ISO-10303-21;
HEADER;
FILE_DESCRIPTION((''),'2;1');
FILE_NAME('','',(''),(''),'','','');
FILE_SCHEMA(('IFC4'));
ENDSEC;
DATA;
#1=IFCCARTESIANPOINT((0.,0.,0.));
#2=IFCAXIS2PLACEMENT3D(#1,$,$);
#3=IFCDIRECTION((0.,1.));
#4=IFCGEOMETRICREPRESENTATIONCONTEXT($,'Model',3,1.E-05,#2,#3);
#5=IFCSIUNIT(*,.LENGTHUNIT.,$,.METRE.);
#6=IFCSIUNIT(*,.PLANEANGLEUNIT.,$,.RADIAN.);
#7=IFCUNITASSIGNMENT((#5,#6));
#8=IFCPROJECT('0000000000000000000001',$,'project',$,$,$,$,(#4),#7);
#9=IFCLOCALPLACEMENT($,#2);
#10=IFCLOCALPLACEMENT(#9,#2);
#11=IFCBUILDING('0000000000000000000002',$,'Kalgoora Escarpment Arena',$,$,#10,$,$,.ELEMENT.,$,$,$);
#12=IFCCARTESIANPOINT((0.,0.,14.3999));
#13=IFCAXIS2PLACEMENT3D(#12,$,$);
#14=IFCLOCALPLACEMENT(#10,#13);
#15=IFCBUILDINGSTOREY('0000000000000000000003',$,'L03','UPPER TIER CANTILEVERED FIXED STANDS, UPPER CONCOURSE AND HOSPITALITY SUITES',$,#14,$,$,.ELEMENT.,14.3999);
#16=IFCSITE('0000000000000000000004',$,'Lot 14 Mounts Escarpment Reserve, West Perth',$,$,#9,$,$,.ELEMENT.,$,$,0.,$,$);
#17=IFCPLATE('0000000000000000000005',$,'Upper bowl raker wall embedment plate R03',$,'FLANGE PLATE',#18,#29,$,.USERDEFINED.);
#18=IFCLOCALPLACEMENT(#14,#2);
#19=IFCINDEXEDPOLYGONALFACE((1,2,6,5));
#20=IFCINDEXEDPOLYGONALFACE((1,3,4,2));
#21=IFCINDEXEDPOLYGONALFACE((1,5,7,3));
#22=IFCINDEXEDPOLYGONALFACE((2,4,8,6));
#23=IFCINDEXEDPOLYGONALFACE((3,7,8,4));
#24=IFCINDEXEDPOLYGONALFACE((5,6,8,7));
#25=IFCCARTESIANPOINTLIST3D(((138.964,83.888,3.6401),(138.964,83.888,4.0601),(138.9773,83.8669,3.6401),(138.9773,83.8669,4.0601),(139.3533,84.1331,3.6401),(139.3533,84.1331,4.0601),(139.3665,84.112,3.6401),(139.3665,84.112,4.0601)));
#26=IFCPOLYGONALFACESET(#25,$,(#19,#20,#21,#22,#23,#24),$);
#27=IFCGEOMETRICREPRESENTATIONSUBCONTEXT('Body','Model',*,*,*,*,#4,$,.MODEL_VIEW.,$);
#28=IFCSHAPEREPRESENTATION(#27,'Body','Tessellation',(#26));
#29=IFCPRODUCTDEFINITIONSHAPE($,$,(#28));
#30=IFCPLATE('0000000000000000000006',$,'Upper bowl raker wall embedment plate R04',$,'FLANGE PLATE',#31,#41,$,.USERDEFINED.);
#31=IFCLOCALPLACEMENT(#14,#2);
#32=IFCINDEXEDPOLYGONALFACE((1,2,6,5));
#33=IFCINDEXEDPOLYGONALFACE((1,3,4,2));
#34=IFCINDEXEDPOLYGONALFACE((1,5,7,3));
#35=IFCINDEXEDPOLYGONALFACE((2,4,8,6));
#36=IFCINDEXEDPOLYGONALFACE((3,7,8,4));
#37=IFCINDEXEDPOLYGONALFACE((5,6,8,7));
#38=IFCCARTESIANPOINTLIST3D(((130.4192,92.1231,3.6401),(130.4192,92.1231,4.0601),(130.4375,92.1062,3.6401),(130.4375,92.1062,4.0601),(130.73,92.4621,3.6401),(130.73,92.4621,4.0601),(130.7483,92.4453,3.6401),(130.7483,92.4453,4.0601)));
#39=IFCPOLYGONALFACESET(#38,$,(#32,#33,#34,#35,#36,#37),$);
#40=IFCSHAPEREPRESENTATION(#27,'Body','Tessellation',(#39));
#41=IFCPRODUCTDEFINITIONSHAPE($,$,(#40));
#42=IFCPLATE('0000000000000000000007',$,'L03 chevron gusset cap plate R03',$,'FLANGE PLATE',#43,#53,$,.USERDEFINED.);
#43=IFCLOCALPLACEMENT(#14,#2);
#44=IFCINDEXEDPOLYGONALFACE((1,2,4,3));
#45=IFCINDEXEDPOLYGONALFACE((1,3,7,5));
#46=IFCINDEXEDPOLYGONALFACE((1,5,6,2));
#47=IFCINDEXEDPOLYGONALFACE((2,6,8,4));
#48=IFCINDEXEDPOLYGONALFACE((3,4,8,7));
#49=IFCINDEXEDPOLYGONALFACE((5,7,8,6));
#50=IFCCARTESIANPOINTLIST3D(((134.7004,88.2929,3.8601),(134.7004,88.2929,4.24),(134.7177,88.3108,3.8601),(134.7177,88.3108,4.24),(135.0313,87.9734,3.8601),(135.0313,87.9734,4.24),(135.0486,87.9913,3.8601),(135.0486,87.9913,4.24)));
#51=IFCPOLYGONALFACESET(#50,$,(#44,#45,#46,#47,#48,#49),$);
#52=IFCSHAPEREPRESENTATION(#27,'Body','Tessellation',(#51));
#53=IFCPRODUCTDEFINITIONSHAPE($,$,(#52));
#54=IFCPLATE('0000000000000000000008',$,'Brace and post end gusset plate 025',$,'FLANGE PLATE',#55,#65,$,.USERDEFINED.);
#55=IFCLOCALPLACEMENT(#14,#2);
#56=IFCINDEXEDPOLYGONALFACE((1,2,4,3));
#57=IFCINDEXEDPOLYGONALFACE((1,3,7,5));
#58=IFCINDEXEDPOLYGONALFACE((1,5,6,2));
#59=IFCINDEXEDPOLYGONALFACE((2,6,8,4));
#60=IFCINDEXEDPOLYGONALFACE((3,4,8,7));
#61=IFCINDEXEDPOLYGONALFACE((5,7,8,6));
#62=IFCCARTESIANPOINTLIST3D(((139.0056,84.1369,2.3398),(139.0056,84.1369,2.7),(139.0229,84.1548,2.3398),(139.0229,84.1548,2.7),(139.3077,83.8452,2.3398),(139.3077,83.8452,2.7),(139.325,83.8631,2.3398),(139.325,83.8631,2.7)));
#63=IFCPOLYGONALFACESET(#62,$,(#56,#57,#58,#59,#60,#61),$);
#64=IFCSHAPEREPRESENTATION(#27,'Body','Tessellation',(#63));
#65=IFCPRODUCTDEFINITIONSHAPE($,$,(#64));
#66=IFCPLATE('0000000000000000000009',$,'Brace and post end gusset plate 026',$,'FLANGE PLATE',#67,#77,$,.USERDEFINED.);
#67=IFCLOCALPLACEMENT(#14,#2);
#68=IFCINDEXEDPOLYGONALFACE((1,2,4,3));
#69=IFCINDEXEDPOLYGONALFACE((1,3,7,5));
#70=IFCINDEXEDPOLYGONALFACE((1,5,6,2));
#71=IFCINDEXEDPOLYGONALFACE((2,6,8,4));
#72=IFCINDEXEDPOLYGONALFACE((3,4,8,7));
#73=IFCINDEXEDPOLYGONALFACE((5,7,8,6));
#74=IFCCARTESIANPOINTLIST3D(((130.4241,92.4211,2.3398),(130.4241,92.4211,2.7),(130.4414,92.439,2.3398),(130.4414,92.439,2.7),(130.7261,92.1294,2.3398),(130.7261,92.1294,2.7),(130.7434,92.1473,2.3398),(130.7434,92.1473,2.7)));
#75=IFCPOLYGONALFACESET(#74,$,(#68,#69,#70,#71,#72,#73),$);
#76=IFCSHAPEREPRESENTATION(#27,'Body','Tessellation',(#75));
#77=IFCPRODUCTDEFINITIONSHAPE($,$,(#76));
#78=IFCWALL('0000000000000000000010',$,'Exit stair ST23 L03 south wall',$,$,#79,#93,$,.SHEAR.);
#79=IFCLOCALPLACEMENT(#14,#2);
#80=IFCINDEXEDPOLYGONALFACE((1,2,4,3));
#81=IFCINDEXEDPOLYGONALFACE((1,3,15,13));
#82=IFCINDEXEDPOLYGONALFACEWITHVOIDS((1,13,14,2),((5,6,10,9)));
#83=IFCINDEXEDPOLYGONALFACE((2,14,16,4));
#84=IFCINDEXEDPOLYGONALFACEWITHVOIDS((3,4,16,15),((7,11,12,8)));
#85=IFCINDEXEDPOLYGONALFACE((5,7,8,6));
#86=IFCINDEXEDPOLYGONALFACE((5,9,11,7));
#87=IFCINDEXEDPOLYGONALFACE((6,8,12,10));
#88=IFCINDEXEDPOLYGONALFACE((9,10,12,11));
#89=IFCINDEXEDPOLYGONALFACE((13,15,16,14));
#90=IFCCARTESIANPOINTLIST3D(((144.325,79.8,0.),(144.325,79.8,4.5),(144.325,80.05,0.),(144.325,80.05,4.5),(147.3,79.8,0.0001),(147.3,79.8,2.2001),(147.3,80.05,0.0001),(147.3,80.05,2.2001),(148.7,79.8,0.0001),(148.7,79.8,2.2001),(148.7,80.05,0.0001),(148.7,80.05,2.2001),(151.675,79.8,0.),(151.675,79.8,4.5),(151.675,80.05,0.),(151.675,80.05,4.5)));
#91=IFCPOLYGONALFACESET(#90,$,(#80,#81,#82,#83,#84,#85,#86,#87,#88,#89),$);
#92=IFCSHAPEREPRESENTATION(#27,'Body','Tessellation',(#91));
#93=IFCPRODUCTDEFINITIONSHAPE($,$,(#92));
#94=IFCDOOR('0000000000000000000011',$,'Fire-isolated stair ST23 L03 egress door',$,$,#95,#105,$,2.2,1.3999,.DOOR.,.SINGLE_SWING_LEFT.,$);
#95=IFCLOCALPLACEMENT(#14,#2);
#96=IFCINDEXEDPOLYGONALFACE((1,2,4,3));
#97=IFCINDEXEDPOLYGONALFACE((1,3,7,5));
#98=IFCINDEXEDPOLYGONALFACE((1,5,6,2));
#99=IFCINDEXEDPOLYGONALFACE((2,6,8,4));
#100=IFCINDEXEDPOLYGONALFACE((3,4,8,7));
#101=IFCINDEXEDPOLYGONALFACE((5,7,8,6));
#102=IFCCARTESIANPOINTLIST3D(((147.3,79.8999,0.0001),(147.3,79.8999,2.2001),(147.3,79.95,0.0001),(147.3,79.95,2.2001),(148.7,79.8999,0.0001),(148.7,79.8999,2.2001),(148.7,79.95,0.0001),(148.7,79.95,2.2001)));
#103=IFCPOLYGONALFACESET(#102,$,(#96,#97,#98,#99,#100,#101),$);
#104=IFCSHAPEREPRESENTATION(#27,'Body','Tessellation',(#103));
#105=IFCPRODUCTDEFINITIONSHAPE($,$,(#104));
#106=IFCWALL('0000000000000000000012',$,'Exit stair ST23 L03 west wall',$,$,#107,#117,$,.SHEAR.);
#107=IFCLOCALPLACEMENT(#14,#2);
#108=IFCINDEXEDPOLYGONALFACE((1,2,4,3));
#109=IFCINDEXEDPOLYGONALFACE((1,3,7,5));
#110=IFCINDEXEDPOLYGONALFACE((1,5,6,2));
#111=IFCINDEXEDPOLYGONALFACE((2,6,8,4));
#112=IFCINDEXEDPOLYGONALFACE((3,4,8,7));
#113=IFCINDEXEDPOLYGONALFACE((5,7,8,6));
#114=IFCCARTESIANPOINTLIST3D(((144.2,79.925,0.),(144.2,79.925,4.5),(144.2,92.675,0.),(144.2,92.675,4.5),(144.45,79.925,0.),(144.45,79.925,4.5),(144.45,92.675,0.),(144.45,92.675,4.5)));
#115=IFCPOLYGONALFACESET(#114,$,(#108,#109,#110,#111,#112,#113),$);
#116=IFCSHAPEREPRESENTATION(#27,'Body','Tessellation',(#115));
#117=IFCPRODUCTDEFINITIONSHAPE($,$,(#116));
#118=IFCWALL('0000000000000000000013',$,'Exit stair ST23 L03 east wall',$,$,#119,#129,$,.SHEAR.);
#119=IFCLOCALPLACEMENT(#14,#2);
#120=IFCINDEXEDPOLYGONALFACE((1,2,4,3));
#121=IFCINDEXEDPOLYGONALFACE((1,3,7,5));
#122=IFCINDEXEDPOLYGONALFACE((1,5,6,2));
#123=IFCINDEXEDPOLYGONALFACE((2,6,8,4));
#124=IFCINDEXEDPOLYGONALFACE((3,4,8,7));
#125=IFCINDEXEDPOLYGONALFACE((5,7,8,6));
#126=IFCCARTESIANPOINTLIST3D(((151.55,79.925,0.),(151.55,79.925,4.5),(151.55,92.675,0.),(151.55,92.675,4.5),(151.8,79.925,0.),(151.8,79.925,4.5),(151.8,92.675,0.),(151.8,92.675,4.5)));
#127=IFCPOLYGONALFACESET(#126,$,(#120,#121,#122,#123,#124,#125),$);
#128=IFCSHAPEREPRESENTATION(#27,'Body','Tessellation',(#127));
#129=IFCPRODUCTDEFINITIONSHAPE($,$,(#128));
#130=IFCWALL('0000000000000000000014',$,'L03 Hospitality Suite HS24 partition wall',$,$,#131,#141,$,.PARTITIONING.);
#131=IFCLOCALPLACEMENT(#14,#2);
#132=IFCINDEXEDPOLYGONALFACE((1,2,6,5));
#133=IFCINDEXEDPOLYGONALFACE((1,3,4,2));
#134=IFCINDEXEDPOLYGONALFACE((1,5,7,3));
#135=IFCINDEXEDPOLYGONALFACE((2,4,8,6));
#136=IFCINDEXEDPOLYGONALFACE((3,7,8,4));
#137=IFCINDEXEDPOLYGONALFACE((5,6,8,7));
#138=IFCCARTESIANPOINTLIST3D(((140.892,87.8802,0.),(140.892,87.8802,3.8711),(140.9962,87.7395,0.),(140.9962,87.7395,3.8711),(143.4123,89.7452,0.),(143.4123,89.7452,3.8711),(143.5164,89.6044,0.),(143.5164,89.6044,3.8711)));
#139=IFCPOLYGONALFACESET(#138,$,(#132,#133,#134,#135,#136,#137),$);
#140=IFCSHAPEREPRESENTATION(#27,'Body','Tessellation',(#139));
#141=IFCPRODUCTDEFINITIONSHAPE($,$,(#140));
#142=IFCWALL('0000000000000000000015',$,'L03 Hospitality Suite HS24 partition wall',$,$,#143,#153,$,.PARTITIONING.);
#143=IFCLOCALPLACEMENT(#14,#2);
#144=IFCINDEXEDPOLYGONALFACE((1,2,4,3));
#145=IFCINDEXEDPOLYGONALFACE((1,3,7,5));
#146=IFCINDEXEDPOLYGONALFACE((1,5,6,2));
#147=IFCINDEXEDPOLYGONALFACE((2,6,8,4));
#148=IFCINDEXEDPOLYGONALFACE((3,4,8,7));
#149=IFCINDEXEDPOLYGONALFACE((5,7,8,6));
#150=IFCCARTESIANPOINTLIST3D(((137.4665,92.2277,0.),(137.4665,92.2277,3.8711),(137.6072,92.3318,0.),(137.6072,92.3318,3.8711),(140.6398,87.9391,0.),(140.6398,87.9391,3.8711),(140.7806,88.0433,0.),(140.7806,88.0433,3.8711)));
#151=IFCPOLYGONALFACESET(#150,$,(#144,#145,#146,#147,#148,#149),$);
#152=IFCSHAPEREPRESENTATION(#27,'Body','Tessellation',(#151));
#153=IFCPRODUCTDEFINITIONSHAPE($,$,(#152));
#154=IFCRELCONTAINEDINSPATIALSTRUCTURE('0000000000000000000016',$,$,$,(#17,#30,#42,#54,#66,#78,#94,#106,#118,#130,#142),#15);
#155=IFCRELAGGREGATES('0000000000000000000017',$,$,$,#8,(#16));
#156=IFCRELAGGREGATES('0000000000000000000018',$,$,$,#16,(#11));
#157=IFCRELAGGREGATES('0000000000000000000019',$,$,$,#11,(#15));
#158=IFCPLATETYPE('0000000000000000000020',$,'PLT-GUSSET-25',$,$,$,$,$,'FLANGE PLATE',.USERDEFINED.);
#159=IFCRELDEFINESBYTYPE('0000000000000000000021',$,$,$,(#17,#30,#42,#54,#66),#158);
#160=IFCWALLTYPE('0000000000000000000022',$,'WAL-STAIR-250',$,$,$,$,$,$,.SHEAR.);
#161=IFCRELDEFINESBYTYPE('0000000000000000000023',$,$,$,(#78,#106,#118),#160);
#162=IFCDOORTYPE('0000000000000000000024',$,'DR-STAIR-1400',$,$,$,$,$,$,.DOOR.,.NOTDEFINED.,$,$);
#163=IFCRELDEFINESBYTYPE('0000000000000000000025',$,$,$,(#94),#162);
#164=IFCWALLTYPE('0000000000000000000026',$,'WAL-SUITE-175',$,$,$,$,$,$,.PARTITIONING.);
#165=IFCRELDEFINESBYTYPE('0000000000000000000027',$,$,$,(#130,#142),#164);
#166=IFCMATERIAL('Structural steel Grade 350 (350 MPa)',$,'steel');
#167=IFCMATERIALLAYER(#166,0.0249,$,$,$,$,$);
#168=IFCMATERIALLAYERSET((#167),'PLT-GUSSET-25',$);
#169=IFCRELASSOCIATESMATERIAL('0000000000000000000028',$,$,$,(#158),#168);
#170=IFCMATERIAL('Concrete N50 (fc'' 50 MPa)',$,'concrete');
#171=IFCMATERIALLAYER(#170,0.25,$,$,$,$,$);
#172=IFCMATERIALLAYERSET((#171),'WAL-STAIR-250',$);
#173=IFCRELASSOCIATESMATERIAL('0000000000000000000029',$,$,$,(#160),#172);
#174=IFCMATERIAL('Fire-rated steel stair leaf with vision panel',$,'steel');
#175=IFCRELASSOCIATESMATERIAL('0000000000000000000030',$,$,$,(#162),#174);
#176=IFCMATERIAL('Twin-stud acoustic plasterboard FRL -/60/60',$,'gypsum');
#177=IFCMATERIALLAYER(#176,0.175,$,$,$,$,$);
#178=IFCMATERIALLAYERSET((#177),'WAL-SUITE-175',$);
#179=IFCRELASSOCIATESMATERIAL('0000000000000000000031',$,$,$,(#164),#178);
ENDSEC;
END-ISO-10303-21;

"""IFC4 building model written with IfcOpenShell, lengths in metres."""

from ifc_helpers import new_model, si_unit, direction, frame, frame_2d, origin, origin_2d, place, context, subcontext, project, spatial, rectangle, extrude, material, layer, layer_set, type_object, element, fill, save


model = new_model("IFC4")

# Units and contexts
model_context = context("Model", 3, precision=1e-05, world=origin(), true_north=direction((0.0, 1.0)))
body_context = subcontext(model_context, "Body", "Model", "MODEL_VIEW")
ifc_project = project(units=[si_unit("LENGTHUNIT", "METRE"), si_unit("PLANEANGLEUNIT", "RADIAN")], contexts=[model_context])

# Site, building, storey
site_placement = place(None, origin())
site = spatial("IfcSite", under=ifc_project, at=site_placement, Name="Lot 14 Mounts Escarpment Reserve, West Perth", CompositionType="ELEMENT", RefElevation=0.0)
building_placement = place(site_placement, origin())
building = spatial("IfcBuilding", under=site, at=building_placement, Name="Kalgoora Escarpment Arena", CompositionType="ELEMENT")
storey_placement = place(building_placement, frame((0.0, 0.0, 14.3999)))
storey = spatial("IfcBuildingStorey", under=building, at=storey_placement, Name="L03", Description="UPPER TIER CANTILEVERED FIXED STANDS, UPPER CONCOURSE AND HOSPITALITY SUITES", CompositionType="ELEMENT", Elevation=14.3999)

# Plates
ifc_material_1 = material(Name="Structural steel Grade 350 (350 MPa)", Category="steel")
ifc_layer_1 = layer(ifc_material_1, 0.0249)
ifc_layer_set_1 = layer_set([ifc_layer_1], Name="PLT-GUSSET-25")
plate_type_1 = type_object("IfcPlateType", Name="PLT-GUSSET-25", ElementType="FLANGE PLATE", PredefinedType="USERDEFINED", material=ifc_layer_set_1)
for number, where, z_axis, x_axis, name in (
    (1, (139.1653, 84.0, 3.6401), (0.0, 0.0, 1.0), (0.846193, 0.532876, 0.0), "Upper bowl raker wall embedment plate R03"),
    (2, (130.5837, 92.2842, 3.6401), (0.0, 0.0, 1.0), (0.675719, 0.737159, 0.0), "Upper bowl raker wall embedment plate R04"),
):
    element("IfcPlate", number, at=place(storey_placement, frame(where, z_axis=z_axis, x_axis=x_axis)), inside=storey, type_object=plate_type_1, Name=name, ObjectType="FLANGE PLATE", PredefinedType="USERDEFINED", context=body_context, shape_type="SweptSolid", body=[
        extrude(rectangle(XDim=0.46, YDim=0.0249, at=origin_2d()), origin(), (0.0, 0.0, 1.0), 0.4199),
    ])
plate_1_placement = place(storey_placement, frame((134.8745, 88.1421, 3.8601), z_axis=(0.0, 0.0, 1.0), x_axis=(-0.719461, 0.694533, 0.0)))
element("IfcPlate", 3, at=plate_1_placement, inside=storey, type_object=plate_type_1, Name="L03 chevron gusset cap plate R03", ObjectType="FLANGE PLATE", PredefinedType="USERDEFINED", context=body_context, shape_type="SweptSolid", body=[
    extrude(rectangle(XDim=0.46, YDim=0.0249, at=origin_2d()), origin(), (0.0, 0.0, 1.0), 0.3799),
])
for number, where, z_axis, x_axis, name in (
    (4, (139.1653, 84.0, 2.3398), (0.0, 0.0, 1.0), (-0.71934, 0.694658, 0.0), "Brace and post end gusset plate 025"),
    (5, (130.5837, 92.2842, 2.3398), (0.0, 0.0, 1.0), (0.71934, -0.694658, 0.0), "Brace and post end gusset plate 026"),
):
    element("IfcPlate", number, at=place(storey_placement, frame(where, z_axis=z_axis, x_axis=x_axis)), inside=storey, type_object=plate_type_1, Name=name, ObjectType="FLANGE PLATE", PredefinedType="USERDEFINED", context=body_context, shape_type="SweptSolid", body=[
        extrude(rectangle(XDim=0.4199, YDim=0.0249, at=origin_2d()), origin(), (0.0, 0.0, 1.0), 0.3601),
    ])

# Wall, opening, door
ifc_material_2 = material(Name="Concrete N50 (fc' 50 MPa)", Category="concrete")
ifc_layer_2 = layer(ifc_material_2, 0.25)
ifc_layer_set_2 = layer_set([ifc_layer_2], Name="WAL-STAIR-250")
wall_type_1 = type_object("IfcWallType", Name="WAL-STAIR-250", PredefinedType="SHEAR", material=ifc_layer_set_2)
wall_1_placement = place(storey_placement, frame((144.325, 79.925, 0.0), z_axis=(0.0, 0.0, 1.0), x_axis=(1.0, 0.0, 0.0)))
wall_1 = element("IfcWall", 6, at=wall_1_placement, inside=storey, type_object=wall_type_1, Name="Exit stair ST23 L03 south wall", PredefinedType="SHEAR", context=body_context, shape_type="SweptSolid", body=[
    extrude(rectangle(XDim=7.3501, YDim=0.25, at=frame_2d((3.675, 0.0))), origin(), (0.0, 0.0, 1.0), 4.5),
])
opening_placement = place(wall_1_placement, frame((2.9751, 0.0, 0.0)))
opening = element("IfcOpeningElement", 7, at=opening_placement, cuts=wall_1, PredefinedType="OPENING", context=body_context, shape_type="SweptSolid", body=[
    extrude(rectangle(XDim=1.3999, YDim=2.2, at=frame_2d((0.7, 1.1001))), frame((0.0, 0.135, 0.0), z_axis=(0.0, -1.0, 0.0), x_axis=(1.0, 0.0, 0.0)), (0.0, 0.0, 1.0), 0.27),
])
ifc_material_3 = material(Name="Fire-rated steel stair leaf with vision panel", Category="steel")
door_type = type_object("IfcDoorType", Name="DR-STAIR-1400", OperationType="NOTDEFINED", PredefinedType="DOOR", material=ifc_material_3)
door_placement = place(opening_placement, origin())
door = element("IfcDoor", 8, at=door_placement, inside=storey, type_object=door_type, Name="Fire-isolated stair ST23 L03 egress door", OperationType="SINGLE_SWING_LEFT", OverallHeight=2.2, OverallWidth=1.3999, PredefinedType="DOOR", context=body_context, shape_type="SweptSolid", body=[
    extrude(rectangle(XDim=1.3999, YDim=2.2, at=frame_2d((0.7, 1.1001))), frame((0.0, 0.0249, 0.0), z_axis=(0.0, -1.0, 0.0), x_axis=(1.0, 0.0, 0.0)), (0.0, 0.0, 1.0), 0.05),
])
fill(opening, door)

# Walls
for number, where, z_axis, x_axis, name in (
    (9, (144.325, 79.925, 0.0), (0.0, 0.0, 1.0), (0.0, 1.0, 0.0), "Exit stair ST23 L03 west wall"),
    (10, (151.675, 79.925, 0.0), (0.0, 0.0, 1.0), (0.0, 1.0, 0.0), "Exit stair ST23 L03 east wall"),
):
    element("IfcWall", number, at=place(storey_placement, frame(where, z_axis=z_axis, x_axis=x_axis)), inside=storey, type_object=wall_type_1, Name=name, PredefinedType="SHEAR", context=body_context, shape_type="SweptSolid", body=[
        extrude(rectangle(XDim=12.75, YDim=0.25, at=frame_2d((6.375, 0.0))), origin(), (0.0, 0.0, 1.0), 4.5),
    ])
ifc_material_4 = material(Name="Twin-stud acoustic plasterboard FRL -/60/60", Category="gypsum")
ifc_layer_3 = layer(ifc_material_4, 0.175)
ifc_layer_set_3 = layer_set([ifc_layer_3], Name="WAL-SUITE-175")
wall_type_2 = type_object("IfcWallType", Name="WAL-SUITE-175", PredefinedType="PARTITIONING", material=ifc_layer_set_3)
wall_2_placement = place(storey_placement, frame((143.4644, 89.6748, 0.0), z_axis=(0.0, 0.0, 1.0), x_axis=(-0.803843, -0.594842, 0.0)))
element("IfcWall", 11, at=wall_2_placement, inside=storey, type_object=wall_type_2, Name="L03 Hospitality Suite HS24 partition wall", PredefinedType="PARTITIONING", context=body_context, shape_type="SweptSolid", body=[
    extrude(rectangle(XDim=3.1353, YDim=0.175, at=frame_2d((1.5676, 0.0))), origin(), (0.0, 0.0, 1.0), 3.8711),
])
wall_3_placement = place(storey_placement, frame((140.7102, 87.9912, 0.0), z_axis=(0.0, 0.0, 1.0), x_axis=(-0.594818, 0.80386, 0.0)))
element("IfcWall", 12, at=wall_3_placement, inside=storey, type_object=wall_type_2, Name="L03 Hospitality Suite HS24 partition wall", PredefinedType="PARTITIONING", context=body_context, shape_type="SweptSolid", body=[
    extrude(rectangle(XDim=5.335, YDim=0.175, at=frame_2d((2.6675, 0.0))), origin(), (0.0, 0.0, 1.0), 3.8711),
])

save(model, "model.ifc")
